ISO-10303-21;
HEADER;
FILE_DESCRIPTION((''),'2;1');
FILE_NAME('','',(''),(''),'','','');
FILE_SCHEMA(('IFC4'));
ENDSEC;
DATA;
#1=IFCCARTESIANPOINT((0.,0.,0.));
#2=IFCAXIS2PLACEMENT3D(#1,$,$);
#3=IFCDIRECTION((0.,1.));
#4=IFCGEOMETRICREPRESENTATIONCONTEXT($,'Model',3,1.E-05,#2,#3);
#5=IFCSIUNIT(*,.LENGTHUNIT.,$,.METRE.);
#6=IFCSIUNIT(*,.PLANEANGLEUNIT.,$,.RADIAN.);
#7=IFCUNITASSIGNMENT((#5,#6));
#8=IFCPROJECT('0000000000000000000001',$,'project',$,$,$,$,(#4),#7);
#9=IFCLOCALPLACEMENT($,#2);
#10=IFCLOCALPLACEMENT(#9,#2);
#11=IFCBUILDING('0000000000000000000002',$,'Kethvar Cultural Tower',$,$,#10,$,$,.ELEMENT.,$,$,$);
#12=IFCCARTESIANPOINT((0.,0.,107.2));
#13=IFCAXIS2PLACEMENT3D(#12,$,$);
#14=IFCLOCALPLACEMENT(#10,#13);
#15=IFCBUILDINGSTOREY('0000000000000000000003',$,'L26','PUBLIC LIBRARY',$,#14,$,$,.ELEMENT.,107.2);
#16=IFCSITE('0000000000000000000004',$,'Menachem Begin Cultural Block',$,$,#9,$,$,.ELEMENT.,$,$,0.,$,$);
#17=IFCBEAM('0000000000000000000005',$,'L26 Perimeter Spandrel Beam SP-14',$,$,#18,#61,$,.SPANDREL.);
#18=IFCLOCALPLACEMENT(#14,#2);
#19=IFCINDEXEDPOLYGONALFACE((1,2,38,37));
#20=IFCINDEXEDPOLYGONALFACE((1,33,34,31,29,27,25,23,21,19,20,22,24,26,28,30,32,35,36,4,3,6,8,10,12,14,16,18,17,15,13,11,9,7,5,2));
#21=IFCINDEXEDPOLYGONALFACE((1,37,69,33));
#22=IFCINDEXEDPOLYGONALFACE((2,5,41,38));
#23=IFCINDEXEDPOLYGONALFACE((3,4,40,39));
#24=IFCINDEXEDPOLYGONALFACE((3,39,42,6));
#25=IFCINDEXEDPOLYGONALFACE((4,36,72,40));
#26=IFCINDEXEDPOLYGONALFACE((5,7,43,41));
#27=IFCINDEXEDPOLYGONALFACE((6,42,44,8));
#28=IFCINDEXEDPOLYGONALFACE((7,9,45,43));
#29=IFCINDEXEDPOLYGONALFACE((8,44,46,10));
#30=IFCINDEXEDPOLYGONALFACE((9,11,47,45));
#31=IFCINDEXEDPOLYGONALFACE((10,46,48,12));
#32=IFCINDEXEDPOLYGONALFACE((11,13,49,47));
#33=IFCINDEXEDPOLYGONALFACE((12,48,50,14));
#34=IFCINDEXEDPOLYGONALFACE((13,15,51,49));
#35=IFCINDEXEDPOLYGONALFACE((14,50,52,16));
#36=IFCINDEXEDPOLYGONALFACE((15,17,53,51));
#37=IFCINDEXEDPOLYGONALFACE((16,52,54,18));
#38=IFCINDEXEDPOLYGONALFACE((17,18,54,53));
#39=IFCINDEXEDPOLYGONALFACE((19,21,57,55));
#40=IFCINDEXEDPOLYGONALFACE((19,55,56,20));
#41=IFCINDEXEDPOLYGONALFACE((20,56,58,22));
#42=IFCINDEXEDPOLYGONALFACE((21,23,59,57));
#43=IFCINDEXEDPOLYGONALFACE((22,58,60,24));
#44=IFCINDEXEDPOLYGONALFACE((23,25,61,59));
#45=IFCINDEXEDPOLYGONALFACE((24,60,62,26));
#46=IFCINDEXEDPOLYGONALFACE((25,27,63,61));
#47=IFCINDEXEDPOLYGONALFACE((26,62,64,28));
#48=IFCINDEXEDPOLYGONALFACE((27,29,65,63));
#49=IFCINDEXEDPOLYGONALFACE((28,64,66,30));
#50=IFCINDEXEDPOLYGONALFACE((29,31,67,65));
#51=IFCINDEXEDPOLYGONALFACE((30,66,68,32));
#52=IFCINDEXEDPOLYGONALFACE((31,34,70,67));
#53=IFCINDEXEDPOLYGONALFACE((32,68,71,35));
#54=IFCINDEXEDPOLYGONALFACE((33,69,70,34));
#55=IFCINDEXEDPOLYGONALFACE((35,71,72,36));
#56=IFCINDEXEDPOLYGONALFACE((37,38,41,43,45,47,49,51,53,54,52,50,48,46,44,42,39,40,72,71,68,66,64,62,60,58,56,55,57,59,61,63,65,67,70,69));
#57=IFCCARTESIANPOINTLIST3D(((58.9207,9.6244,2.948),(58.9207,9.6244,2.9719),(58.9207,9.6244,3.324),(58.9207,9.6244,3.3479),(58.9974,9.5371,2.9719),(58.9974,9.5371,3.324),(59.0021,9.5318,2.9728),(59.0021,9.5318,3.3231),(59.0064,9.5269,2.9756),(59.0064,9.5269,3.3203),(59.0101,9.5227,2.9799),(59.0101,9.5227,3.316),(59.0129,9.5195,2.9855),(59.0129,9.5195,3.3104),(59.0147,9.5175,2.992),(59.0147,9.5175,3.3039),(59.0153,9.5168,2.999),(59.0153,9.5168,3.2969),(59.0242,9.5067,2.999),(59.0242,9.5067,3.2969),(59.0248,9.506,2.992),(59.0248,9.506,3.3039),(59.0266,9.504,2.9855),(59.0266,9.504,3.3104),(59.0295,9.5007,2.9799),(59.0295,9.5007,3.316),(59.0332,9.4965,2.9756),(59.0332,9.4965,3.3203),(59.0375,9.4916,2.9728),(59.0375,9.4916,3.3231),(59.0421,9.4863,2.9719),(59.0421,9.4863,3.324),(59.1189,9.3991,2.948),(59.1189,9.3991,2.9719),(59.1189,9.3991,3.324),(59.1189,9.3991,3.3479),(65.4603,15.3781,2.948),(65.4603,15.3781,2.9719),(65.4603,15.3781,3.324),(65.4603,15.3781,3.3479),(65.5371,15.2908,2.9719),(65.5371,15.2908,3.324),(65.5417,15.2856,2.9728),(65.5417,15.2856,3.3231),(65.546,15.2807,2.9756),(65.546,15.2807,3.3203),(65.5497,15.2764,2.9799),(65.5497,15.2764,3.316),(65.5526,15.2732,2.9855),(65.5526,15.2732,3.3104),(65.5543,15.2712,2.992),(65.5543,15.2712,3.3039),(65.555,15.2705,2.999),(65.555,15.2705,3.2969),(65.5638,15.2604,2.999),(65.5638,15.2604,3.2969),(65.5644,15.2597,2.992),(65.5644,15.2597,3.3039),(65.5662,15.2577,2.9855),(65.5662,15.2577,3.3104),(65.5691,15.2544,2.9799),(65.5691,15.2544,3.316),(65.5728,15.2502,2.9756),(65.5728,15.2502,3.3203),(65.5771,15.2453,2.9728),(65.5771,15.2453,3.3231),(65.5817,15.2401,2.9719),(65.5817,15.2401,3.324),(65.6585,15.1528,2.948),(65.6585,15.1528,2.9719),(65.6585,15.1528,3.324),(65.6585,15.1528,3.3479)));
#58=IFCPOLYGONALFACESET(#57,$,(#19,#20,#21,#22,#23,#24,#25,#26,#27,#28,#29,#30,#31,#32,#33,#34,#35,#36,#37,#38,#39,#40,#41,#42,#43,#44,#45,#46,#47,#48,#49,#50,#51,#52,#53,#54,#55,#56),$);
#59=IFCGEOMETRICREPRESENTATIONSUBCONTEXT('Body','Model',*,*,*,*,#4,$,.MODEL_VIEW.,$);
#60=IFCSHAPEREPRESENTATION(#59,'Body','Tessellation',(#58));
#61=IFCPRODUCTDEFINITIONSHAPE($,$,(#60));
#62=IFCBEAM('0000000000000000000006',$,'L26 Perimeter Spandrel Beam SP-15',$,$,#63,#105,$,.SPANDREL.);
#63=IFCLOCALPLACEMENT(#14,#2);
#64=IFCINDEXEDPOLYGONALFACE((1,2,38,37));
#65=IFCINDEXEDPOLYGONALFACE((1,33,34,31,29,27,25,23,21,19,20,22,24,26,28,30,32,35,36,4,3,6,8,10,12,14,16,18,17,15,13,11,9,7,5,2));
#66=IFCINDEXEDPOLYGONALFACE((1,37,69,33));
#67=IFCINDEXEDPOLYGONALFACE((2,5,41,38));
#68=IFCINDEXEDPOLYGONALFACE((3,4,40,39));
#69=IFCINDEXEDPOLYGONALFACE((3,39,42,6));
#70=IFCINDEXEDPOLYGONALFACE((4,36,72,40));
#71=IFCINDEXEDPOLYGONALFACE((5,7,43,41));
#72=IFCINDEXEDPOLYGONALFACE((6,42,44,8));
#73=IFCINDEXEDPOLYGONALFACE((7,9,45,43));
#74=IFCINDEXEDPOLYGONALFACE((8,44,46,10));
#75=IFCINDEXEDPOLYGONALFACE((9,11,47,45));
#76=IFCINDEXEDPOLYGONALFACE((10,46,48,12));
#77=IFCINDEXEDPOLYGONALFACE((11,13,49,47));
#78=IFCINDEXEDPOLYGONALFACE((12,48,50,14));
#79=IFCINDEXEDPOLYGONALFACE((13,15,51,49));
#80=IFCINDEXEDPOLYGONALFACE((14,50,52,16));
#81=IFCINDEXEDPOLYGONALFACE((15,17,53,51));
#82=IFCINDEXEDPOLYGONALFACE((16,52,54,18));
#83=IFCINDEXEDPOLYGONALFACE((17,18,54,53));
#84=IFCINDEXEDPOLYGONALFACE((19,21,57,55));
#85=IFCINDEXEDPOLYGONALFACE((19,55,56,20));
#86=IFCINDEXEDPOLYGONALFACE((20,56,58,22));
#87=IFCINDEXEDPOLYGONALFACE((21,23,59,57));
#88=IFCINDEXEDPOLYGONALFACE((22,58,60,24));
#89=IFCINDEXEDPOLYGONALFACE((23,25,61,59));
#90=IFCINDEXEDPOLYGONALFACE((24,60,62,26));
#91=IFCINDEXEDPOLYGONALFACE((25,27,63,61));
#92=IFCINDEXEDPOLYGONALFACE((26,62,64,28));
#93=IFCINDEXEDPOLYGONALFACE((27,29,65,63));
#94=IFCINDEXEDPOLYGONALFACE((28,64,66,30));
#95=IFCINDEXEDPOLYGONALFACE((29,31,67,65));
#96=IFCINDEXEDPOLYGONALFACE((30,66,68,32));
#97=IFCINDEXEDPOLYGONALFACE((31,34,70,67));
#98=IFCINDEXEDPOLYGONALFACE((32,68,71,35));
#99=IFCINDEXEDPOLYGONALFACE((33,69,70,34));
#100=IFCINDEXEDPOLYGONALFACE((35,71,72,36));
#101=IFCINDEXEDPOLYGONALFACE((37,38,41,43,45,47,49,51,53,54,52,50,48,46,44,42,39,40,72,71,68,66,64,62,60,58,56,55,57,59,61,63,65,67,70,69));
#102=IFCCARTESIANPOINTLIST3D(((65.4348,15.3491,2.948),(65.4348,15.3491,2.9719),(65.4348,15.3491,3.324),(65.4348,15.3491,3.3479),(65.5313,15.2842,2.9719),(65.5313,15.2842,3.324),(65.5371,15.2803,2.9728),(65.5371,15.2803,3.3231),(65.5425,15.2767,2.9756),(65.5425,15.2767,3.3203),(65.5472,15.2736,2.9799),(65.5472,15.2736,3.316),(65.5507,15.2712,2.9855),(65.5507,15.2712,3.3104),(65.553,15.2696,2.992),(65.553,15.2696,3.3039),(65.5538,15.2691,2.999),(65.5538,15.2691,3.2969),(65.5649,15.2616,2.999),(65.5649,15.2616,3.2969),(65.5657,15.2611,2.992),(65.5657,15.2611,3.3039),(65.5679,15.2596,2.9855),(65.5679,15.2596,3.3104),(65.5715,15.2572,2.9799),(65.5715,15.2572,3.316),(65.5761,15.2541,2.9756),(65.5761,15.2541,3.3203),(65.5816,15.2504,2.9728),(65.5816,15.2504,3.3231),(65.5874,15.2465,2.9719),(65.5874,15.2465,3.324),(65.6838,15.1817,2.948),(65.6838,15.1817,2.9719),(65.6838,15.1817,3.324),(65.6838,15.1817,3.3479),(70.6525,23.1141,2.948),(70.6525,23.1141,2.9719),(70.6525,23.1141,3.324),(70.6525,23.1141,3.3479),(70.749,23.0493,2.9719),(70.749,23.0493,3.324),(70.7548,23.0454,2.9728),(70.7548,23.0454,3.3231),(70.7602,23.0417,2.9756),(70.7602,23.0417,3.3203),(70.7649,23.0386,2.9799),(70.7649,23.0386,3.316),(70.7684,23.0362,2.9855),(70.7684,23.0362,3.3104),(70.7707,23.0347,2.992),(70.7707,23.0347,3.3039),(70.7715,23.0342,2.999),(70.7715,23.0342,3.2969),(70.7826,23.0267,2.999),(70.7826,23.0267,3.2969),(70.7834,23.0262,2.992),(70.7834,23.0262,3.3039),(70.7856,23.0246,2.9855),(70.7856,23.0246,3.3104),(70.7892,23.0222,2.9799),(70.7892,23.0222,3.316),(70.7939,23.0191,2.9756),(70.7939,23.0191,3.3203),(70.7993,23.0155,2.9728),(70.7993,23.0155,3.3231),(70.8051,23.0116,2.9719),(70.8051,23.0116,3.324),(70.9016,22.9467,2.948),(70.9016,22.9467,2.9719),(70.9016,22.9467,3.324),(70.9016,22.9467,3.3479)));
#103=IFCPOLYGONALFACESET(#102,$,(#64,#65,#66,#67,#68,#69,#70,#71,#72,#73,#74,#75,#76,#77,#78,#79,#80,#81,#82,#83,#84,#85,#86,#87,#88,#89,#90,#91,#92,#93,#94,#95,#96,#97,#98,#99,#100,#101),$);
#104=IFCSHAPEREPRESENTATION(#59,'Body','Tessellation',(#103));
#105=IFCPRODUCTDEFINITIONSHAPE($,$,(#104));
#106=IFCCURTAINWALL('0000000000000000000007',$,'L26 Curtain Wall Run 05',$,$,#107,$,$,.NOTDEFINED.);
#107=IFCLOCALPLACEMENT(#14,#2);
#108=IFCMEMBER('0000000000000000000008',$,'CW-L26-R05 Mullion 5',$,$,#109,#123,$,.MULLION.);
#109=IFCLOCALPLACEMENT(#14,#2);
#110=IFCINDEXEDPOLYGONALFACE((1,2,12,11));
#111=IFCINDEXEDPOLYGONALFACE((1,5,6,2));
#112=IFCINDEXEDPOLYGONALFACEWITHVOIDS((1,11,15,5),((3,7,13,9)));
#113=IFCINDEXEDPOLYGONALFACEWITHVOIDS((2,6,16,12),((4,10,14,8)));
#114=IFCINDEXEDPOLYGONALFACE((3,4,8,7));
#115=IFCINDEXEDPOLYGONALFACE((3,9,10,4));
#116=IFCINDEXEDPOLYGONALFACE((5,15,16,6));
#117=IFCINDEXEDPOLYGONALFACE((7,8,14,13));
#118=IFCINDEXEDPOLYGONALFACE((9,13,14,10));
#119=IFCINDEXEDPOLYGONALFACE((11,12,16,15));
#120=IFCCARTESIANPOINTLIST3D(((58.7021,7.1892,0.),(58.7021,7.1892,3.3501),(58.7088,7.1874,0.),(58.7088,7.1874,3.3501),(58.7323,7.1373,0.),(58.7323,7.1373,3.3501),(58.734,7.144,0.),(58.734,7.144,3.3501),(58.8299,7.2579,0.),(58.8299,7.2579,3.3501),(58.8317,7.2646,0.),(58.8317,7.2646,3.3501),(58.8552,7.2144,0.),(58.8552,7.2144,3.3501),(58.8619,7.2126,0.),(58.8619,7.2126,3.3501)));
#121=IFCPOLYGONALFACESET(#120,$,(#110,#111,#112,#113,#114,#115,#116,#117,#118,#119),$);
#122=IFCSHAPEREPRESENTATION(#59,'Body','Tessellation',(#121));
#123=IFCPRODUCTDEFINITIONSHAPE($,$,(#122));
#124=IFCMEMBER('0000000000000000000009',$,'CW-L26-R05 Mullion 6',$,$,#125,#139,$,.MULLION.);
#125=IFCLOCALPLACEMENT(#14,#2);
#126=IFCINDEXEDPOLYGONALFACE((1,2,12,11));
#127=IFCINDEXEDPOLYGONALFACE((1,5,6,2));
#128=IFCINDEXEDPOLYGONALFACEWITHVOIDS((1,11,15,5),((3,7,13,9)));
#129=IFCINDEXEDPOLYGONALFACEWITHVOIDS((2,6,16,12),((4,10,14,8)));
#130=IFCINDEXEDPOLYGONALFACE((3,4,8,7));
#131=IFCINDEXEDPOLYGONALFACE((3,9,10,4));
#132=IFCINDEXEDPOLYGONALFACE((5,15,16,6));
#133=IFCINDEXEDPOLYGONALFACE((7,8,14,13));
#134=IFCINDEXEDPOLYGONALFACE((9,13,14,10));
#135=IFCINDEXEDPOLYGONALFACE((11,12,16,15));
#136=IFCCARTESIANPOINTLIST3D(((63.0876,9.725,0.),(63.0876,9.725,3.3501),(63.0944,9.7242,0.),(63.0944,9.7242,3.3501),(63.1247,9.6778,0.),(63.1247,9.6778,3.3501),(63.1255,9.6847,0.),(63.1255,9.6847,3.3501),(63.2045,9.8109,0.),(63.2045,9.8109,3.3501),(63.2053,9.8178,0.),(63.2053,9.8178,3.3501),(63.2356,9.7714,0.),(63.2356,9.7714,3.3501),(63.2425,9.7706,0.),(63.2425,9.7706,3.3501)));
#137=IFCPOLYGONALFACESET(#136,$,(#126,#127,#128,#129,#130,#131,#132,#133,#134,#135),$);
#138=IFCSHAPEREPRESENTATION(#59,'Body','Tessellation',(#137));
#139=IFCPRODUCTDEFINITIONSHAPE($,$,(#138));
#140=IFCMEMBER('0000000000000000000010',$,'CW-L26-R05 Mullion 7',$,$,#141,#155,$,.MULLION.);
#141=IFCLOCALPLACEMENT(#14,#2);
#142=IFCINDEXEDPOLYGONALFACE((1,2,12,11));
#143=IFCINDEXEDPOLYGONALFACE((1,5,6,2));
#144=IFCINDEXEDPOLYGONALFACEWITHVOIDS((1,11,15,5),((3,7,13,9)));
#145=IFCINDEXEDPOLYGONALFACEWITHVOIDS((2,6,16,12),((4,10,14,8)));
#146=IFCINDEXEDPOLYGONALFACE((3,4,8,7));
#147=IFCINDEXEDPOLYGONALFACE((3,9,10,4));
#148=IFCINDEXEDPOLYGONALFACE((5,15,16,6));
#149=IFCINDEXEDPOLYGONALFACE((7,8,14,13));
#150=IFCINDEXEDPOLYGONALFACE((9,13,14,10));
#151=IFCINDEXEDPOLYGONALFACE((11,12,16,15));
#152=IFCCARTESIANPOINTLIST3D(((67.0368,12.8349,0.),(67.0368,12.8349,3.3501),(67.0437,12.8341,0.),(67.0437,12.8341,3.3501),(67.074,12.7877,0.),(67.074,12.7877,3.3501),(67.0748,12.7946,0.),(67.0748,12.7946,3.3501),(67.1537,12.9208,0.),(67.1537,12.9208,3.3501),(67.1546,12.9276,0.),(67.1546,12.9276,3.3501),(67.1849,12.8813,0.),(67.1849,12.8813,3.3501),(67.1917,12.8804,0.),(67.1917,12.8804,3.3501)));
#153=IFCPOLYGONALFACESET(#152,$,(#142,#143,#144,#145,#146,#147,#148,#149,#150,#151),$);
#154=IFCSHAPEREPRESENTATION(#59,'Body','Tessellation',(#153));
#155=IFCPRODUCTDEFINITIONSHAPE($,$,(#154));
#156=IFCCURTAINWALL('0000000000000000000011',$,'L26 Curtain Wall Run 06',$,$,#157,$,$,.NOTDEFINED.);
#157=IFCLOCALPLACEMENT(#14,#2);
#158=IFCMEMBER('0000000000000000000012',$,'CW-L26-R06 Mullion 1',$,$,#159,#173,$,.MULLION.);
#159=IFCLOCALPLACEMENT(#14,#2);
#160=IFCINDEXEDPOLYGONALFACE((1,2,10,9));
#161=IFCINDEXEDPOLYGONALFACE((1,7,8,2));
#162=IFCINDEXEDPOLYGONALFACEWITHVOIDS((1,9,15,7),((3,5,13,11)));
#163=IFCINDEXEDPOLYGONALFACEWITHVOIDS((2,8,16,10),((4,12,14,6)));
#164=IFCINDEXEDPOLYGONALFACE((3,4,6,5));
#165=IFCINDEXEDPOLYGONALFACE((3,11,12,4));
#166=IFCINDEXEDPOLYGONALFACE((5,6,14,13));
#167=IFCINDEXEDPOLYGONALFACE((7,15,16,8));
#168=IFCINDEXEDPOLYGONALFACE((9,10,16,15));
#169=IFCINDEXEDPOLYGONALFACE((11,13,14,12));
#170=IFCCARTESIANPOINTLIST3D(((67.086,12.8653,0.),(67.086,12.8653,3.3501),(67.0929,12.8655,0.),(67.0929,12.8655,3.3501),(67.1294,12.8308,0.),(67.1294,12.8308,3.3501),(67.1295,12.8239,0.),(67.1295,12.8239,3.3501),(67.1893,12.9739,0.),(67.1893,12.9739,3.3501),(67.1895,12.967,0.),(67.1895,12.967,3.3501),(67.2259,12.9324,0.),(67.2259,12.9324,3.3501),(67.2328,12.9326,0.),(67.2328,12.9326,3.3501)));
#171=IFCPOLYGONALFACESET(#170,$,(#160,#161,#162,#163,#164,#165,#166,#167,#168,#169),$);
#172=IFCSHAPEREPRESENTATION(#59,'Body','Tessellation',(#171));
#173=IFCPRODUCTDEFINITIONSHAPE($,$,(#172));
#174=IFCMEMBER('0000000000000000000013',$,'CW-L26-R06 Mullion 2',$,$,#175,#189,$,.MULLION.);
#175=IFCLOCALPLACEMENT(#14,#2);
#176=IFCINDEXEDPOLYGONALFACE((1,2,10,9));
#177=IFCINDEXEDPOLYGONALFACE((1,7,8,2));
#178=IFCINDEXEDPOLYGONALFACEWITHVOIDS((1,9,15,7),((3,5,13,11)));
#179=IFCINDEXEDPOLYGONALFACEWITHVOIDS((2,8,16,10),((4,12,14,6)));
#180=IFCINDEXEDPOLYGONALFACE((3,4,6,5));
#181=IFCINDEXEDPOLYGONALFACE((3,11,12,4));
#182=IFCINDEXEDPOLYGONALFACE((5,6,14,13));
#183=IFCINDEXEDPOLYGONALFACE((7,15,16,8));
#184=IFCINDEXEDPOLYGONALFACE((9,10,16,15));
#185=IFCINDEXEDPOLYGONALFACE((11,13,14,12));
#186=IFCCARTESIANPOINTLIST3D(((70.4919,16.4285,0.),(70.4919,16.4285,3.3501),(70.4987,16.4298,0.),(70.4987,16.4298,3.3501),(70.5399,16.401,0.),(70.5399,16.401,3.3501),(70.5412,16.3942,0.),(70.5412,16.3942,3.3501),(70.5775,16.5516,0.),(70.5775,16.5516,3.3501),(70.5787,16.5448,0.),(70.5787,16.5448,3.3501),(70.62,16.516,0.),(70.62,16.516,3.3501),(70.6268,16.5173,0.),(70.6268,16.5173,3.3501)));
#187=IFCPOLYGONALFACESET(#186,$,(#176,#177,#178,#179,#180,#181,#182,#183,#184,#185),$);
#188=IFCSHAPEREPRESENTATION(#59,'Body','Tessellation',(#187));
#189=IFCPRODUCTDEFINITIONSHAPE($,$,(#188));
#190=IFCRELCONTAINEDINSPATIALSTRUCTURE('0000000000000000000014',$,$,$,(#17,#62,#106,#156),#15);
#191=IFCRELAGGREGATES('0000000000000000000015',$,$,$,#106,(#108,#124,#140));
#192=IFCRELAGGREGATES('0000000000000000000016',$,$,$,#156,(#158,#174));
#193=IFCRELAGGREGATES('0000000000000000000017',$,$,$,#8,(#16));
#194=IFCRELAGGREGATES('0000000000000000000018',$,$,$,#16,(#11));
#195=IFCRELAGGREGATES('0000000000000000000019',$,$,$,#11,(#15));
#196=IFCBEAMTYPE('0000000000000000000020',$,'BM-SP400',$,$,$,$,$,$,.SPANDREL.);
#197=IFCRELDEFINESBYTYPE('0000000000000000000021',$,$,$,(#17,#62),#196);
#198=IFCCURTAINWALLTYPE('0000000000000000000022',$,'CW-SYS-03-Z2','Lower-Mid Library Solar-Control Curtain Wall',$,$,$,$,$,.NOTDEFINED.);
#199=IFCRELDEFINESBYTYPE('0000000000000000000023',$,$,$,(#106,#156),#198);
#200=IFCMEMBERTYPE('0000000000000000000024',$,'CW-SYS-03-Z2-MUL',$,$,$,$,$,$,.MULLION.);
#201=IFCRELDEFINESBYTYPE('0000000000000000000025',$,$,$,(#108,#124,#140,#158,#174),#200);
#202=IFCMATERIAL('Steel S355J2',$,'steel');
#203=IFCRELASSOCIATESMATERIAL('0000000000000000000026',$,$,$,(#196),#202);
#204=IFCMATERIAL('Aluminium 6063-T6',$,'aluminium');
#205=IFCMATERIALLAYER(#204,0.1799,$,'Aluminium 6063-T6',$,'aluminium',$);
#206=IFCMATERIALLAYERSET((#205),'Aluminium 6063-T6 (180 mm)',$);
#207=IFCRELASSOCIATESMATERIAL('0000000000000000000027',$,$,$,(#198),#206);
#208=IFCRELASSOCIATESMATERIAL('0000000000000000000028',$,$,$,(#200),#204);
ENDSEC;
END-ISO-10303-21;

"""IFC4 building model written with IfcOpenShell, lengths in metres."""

from ifc_helpers import new_model, si_unit, direction, frame, origin, origin_2d, place, context, subcontext, project, spatial, hollow_rectangle, i_section, extrude, source, transform, mapped, material, layer, layer_set, material_profile, profile_set, type_object, element, aggregate, save


model = new_model("IFC4")

# Units and contexts
model_context = context("Model", 3, precision=1e-05, world=origin(), true_north=direction((0.0, 1.0)))
body_context = subcontext(model_context, "Body", "Model", "MODEL_VIEW")
ifc_project = project(units=[si_unit("LENGTHUNIT", "METRE"), si_unit("PLANEANGLEUNIT", "RADIAN")], contexts=[model_context])

# Site, building, storey
site_placement = place(None, origin())
site = spatial("IfcSite", under=ifc_project, at=site_placement, Name="Menachem Begin Cultural Block", CompositionType="ELEMENT", RefElevation=0.0)
building_placement = place(site_placement, origin())
building = spatial("IfcBuilding", under=site, at=building_placement, Name="Kethvar Cultural Tower", CompositionType="ELEMENT")
storey_placement = place(building_placement, frame((0.0, 0.0, 107.2)))
storey = spatial("IfcBuildingStorey", under=building, at=storey_placement, Name="L26", Description="PUBLIC LIBRARY", CompositionType="ELEMENT", Elevation=107.2)

# Beams
ifc_material_1 = material(Name="Steel S355J2", Category="steel")
ifc_material_profile_1 = material_profile(ifc_material_1, i_section(OverallWidth=0.3, OverallDepth=0.3999, WebThickness=0.0134, FlangeThickness=0.0239, FilletRadius=0.0271, at=origin_2d()), Name="Steel S355J2 — HEB400")
ifc_profile_set_1 = profile_set([ifc_material_profile_1], Name="Steel S355J2 — HEB400")
beam_type_1 = type_object("IfcBeamType", Name="BM-SP400", PredefinedType="SPANDREL", material=ifc_profile_set_1)
shared_shape_1 = source(origin(), body_context, "Body", "SweptSolid", [
    extrude(i_section(OverallWidth=0.3, OverallDepth=0.3999, WebThickness=0.0134, FlangeThickness=0.0239, FilletRadius=0.0271, at=origin_2d()), origin(), (0.0, 0.0, 1.0), 8.7104),
])
beam_1_placement = place(storey_placement, frame((59.0198, 9.5117, 3.1479), z_axis=(0.750779, 0.660554, 0.0), x_axis=(-0.660554, 0.750779, 0.0)))
element("IfcBeam", 1, at=beam_1_placement, inside=storey, type_object=beam_type_1, Name="L26 Perimeter Spandrel Beam SP-14", PredefinedType="SPANDREL", context=body_context, shape_type="MappedRepresentation", body=[
    mapped(shared_shape_1, transform((0.0, 0.0, 0.0), scale=1.0)),
])
shared_shape_2 = source(origin(), body_context, "Body", "SweptSolid", [
    extrude(i_section(OverallWidth=0.3, OverallDepth=0.3999, WebThickness=0.0134, FlangeThickness=0.0239, FilletRadius=0.0271, at=origin_2d()), origin(), (0.0, 0.0, 1.0), 9.3552),
])
beam_2_placement = place(storey_placement, frame((65.5593, 15.2654, 3.1479), z_axis=(0.557732, 0.830021, 0.0), x_axis=(-0.830021, 0.557732, 0.0)))
element("IfcBeam", 2, at=beam_2_placement, inside=storey, type_object=beam_type_1, Name="L26 Perimeter Spandrel Beam SP-15", PredefinedType="SPANDREL", context=body_context, shape_type="MappedRepresentation", body=[
    mapped(shared_shape_2, transform((0.0, 0.0, 0.0), scale=1.0)),
])

# Curtain walls, members
ifc_material_2 = material(Name="Aluminium 6063-T6", Category="aluminium")
ifc_layer_1 = layer(ifc_material_2, 0.1799, Name="Aluminium 6063-T6", Category="aluminium")
ifc_layer_set_1 = layer_set([ifc_layer_1], Name="Aluminium 6063-T6 (180 mm)")
curtain_wall_type = type_object("IfcCurtainWallType", Name="CW-SYS-03-Z2", Description="Lower-Mid Library Solar-Control Curtain Wall", PredefinedType="NOTDEFINED", material=ifc_layer_set_1)
curtain_wall_1_placement = place(storey_placement, origin())
curtain_wall_1 = element("IfcCurtainWall", 3, at=curtain_wall_1_placement, inside=storey, type_object=curtain_wall_type, Name="L26 Curtain Wall Run 05", PredefinedType="NOTDEFINED")
ifc_material_profile_2 = material_profile(ifc_material_2, hollow_rectangle(XDim=0.0601, YDim=0.1499, WallThickness=0.0049, at=origin_2d()), Name="Aluminium 6063-T6 — RHS150x60x5")
ifc_profile_set_2 = profile_set([ifc_material_profile_2], Name="Aluminium 6063-T6 — RHS150x60x5")
member_type_1 = type_object("IfcMemberType", Name="CW-SYS-03-Z2-MUL", PredefinedType="MULLION", material=ifc_profile_set_2)
shared_shape_3 = source(origin(), body_context, "Body", "SweptSolid", [
    extrude(hollow_rectangle(XDim=0.0601, YDim=0.1499, WallThickness=0.0049, at=origin_2d()), origin(), (0.0, 0.0, 1.0), 3.3501),
])
member_1_placement = place(storey_placement, frame((58.782, 7.2009, 0.0), z_axis=(0.0, 0.0, 1.0), x_axis=(-0.502613, 0.864512, 0.0)))
member_1 = element("IfcMember", 4, at=member_1_placement, type_object=member_type_1, Name="CW-L26-R05 Mullion 5", PredefinedType="MULLION", context=body_context, shape_type="MappedRepresentation", body=[
    mapped(shared_shape_3, transform((0.0, 0.0, 0.0), scale=1.0)),
])
member_2_placement = place(storey_placement, frame((63.165, 9.7478, 0.0), z_axis=(0.0, 0.0, 1.0), x_axis=(-0.618669, 0.785652, 0.0)))
member_2 = element("IfcMember", 5, at=member_2_placement, type_object=member_type_1, Name="CW-L26-R05 Mullion 6", PredefinedType="MULLION", context=body_context, shape_type="MappedRepresentation", body=[
    mapped(shared_shape_3, transform((0.0, 0.0, 0.0), scale=1.0)),
])
member_3_placement = place(storey_placement, frame((67.1143, 12.8577, 0.0), z_axis=(0.0, 0.0, 1.0), x_axis=(-0.618669, 0.785652, 0.0)))
member_3 = element("IfcMember", 6, at=member_3_placement, type_object=member_type_1, Name="CW-L26-R05 Mullion 7", PredefinedType="MULLION", context=body_context, shape_type="MappedRepresentation", body=[
    mapped(shared_shape_3, transform((0.0, 0.0, 0.0), scale=1.0)),
])
curtain_wall_2_placement = place(storey_placement, origin())
curtain_wall_2 = element("IfcCurtainWall", 7, at=curtain_wall_2_placement, inside=storey, type_object=curtain_wall_type, Name="L26 Curtain Wall Run 06", PredefinedType="NOTDEFINED")
member_4_placement = place(storey_placement, frame((67.1594, 12.8989, 0.0), z_axis=(0.0, 0.0, 1.0), x_axis=(-0.724701, 0.689063, 0.0)))
member_4 = element("IfcMember", 8, at=member_4_placement, type_object=member_type_1, Name="CW-L26-R06 Mullion 1", PredefinedType="MULLION", context=body_context, shape_type="MappedRepresentation", body=[
    mapped(shared_shape_3, transform((0.0, 0.0, 0.0), scale=1.0)),
])
member_5_placement = place(storey_placement, frame((70.5593, 16.4729, 0.0), z_axis=(0.0, 0.0, 1.0), x_axis=(-0.820731, 0.571315, 0.0)))
member_5 = element("IfcMember", 9, at=member_5_placement, type_object=member_type_1, Name="CW-L26-R06 Mullion 2", PredefinedType="MULLION", context=body_context, shape_type="MappedRepresentation", body=[
    mapped(shared_shape_3, transform((0.0, 0.0, 0.0), scale=1.0)),
])

aggregate(curtain_wall_1, [member_1, member_2, member_3])
aggregate(curtain_wall_2, [member_4, member_5])

save(model, "model.ifc")
